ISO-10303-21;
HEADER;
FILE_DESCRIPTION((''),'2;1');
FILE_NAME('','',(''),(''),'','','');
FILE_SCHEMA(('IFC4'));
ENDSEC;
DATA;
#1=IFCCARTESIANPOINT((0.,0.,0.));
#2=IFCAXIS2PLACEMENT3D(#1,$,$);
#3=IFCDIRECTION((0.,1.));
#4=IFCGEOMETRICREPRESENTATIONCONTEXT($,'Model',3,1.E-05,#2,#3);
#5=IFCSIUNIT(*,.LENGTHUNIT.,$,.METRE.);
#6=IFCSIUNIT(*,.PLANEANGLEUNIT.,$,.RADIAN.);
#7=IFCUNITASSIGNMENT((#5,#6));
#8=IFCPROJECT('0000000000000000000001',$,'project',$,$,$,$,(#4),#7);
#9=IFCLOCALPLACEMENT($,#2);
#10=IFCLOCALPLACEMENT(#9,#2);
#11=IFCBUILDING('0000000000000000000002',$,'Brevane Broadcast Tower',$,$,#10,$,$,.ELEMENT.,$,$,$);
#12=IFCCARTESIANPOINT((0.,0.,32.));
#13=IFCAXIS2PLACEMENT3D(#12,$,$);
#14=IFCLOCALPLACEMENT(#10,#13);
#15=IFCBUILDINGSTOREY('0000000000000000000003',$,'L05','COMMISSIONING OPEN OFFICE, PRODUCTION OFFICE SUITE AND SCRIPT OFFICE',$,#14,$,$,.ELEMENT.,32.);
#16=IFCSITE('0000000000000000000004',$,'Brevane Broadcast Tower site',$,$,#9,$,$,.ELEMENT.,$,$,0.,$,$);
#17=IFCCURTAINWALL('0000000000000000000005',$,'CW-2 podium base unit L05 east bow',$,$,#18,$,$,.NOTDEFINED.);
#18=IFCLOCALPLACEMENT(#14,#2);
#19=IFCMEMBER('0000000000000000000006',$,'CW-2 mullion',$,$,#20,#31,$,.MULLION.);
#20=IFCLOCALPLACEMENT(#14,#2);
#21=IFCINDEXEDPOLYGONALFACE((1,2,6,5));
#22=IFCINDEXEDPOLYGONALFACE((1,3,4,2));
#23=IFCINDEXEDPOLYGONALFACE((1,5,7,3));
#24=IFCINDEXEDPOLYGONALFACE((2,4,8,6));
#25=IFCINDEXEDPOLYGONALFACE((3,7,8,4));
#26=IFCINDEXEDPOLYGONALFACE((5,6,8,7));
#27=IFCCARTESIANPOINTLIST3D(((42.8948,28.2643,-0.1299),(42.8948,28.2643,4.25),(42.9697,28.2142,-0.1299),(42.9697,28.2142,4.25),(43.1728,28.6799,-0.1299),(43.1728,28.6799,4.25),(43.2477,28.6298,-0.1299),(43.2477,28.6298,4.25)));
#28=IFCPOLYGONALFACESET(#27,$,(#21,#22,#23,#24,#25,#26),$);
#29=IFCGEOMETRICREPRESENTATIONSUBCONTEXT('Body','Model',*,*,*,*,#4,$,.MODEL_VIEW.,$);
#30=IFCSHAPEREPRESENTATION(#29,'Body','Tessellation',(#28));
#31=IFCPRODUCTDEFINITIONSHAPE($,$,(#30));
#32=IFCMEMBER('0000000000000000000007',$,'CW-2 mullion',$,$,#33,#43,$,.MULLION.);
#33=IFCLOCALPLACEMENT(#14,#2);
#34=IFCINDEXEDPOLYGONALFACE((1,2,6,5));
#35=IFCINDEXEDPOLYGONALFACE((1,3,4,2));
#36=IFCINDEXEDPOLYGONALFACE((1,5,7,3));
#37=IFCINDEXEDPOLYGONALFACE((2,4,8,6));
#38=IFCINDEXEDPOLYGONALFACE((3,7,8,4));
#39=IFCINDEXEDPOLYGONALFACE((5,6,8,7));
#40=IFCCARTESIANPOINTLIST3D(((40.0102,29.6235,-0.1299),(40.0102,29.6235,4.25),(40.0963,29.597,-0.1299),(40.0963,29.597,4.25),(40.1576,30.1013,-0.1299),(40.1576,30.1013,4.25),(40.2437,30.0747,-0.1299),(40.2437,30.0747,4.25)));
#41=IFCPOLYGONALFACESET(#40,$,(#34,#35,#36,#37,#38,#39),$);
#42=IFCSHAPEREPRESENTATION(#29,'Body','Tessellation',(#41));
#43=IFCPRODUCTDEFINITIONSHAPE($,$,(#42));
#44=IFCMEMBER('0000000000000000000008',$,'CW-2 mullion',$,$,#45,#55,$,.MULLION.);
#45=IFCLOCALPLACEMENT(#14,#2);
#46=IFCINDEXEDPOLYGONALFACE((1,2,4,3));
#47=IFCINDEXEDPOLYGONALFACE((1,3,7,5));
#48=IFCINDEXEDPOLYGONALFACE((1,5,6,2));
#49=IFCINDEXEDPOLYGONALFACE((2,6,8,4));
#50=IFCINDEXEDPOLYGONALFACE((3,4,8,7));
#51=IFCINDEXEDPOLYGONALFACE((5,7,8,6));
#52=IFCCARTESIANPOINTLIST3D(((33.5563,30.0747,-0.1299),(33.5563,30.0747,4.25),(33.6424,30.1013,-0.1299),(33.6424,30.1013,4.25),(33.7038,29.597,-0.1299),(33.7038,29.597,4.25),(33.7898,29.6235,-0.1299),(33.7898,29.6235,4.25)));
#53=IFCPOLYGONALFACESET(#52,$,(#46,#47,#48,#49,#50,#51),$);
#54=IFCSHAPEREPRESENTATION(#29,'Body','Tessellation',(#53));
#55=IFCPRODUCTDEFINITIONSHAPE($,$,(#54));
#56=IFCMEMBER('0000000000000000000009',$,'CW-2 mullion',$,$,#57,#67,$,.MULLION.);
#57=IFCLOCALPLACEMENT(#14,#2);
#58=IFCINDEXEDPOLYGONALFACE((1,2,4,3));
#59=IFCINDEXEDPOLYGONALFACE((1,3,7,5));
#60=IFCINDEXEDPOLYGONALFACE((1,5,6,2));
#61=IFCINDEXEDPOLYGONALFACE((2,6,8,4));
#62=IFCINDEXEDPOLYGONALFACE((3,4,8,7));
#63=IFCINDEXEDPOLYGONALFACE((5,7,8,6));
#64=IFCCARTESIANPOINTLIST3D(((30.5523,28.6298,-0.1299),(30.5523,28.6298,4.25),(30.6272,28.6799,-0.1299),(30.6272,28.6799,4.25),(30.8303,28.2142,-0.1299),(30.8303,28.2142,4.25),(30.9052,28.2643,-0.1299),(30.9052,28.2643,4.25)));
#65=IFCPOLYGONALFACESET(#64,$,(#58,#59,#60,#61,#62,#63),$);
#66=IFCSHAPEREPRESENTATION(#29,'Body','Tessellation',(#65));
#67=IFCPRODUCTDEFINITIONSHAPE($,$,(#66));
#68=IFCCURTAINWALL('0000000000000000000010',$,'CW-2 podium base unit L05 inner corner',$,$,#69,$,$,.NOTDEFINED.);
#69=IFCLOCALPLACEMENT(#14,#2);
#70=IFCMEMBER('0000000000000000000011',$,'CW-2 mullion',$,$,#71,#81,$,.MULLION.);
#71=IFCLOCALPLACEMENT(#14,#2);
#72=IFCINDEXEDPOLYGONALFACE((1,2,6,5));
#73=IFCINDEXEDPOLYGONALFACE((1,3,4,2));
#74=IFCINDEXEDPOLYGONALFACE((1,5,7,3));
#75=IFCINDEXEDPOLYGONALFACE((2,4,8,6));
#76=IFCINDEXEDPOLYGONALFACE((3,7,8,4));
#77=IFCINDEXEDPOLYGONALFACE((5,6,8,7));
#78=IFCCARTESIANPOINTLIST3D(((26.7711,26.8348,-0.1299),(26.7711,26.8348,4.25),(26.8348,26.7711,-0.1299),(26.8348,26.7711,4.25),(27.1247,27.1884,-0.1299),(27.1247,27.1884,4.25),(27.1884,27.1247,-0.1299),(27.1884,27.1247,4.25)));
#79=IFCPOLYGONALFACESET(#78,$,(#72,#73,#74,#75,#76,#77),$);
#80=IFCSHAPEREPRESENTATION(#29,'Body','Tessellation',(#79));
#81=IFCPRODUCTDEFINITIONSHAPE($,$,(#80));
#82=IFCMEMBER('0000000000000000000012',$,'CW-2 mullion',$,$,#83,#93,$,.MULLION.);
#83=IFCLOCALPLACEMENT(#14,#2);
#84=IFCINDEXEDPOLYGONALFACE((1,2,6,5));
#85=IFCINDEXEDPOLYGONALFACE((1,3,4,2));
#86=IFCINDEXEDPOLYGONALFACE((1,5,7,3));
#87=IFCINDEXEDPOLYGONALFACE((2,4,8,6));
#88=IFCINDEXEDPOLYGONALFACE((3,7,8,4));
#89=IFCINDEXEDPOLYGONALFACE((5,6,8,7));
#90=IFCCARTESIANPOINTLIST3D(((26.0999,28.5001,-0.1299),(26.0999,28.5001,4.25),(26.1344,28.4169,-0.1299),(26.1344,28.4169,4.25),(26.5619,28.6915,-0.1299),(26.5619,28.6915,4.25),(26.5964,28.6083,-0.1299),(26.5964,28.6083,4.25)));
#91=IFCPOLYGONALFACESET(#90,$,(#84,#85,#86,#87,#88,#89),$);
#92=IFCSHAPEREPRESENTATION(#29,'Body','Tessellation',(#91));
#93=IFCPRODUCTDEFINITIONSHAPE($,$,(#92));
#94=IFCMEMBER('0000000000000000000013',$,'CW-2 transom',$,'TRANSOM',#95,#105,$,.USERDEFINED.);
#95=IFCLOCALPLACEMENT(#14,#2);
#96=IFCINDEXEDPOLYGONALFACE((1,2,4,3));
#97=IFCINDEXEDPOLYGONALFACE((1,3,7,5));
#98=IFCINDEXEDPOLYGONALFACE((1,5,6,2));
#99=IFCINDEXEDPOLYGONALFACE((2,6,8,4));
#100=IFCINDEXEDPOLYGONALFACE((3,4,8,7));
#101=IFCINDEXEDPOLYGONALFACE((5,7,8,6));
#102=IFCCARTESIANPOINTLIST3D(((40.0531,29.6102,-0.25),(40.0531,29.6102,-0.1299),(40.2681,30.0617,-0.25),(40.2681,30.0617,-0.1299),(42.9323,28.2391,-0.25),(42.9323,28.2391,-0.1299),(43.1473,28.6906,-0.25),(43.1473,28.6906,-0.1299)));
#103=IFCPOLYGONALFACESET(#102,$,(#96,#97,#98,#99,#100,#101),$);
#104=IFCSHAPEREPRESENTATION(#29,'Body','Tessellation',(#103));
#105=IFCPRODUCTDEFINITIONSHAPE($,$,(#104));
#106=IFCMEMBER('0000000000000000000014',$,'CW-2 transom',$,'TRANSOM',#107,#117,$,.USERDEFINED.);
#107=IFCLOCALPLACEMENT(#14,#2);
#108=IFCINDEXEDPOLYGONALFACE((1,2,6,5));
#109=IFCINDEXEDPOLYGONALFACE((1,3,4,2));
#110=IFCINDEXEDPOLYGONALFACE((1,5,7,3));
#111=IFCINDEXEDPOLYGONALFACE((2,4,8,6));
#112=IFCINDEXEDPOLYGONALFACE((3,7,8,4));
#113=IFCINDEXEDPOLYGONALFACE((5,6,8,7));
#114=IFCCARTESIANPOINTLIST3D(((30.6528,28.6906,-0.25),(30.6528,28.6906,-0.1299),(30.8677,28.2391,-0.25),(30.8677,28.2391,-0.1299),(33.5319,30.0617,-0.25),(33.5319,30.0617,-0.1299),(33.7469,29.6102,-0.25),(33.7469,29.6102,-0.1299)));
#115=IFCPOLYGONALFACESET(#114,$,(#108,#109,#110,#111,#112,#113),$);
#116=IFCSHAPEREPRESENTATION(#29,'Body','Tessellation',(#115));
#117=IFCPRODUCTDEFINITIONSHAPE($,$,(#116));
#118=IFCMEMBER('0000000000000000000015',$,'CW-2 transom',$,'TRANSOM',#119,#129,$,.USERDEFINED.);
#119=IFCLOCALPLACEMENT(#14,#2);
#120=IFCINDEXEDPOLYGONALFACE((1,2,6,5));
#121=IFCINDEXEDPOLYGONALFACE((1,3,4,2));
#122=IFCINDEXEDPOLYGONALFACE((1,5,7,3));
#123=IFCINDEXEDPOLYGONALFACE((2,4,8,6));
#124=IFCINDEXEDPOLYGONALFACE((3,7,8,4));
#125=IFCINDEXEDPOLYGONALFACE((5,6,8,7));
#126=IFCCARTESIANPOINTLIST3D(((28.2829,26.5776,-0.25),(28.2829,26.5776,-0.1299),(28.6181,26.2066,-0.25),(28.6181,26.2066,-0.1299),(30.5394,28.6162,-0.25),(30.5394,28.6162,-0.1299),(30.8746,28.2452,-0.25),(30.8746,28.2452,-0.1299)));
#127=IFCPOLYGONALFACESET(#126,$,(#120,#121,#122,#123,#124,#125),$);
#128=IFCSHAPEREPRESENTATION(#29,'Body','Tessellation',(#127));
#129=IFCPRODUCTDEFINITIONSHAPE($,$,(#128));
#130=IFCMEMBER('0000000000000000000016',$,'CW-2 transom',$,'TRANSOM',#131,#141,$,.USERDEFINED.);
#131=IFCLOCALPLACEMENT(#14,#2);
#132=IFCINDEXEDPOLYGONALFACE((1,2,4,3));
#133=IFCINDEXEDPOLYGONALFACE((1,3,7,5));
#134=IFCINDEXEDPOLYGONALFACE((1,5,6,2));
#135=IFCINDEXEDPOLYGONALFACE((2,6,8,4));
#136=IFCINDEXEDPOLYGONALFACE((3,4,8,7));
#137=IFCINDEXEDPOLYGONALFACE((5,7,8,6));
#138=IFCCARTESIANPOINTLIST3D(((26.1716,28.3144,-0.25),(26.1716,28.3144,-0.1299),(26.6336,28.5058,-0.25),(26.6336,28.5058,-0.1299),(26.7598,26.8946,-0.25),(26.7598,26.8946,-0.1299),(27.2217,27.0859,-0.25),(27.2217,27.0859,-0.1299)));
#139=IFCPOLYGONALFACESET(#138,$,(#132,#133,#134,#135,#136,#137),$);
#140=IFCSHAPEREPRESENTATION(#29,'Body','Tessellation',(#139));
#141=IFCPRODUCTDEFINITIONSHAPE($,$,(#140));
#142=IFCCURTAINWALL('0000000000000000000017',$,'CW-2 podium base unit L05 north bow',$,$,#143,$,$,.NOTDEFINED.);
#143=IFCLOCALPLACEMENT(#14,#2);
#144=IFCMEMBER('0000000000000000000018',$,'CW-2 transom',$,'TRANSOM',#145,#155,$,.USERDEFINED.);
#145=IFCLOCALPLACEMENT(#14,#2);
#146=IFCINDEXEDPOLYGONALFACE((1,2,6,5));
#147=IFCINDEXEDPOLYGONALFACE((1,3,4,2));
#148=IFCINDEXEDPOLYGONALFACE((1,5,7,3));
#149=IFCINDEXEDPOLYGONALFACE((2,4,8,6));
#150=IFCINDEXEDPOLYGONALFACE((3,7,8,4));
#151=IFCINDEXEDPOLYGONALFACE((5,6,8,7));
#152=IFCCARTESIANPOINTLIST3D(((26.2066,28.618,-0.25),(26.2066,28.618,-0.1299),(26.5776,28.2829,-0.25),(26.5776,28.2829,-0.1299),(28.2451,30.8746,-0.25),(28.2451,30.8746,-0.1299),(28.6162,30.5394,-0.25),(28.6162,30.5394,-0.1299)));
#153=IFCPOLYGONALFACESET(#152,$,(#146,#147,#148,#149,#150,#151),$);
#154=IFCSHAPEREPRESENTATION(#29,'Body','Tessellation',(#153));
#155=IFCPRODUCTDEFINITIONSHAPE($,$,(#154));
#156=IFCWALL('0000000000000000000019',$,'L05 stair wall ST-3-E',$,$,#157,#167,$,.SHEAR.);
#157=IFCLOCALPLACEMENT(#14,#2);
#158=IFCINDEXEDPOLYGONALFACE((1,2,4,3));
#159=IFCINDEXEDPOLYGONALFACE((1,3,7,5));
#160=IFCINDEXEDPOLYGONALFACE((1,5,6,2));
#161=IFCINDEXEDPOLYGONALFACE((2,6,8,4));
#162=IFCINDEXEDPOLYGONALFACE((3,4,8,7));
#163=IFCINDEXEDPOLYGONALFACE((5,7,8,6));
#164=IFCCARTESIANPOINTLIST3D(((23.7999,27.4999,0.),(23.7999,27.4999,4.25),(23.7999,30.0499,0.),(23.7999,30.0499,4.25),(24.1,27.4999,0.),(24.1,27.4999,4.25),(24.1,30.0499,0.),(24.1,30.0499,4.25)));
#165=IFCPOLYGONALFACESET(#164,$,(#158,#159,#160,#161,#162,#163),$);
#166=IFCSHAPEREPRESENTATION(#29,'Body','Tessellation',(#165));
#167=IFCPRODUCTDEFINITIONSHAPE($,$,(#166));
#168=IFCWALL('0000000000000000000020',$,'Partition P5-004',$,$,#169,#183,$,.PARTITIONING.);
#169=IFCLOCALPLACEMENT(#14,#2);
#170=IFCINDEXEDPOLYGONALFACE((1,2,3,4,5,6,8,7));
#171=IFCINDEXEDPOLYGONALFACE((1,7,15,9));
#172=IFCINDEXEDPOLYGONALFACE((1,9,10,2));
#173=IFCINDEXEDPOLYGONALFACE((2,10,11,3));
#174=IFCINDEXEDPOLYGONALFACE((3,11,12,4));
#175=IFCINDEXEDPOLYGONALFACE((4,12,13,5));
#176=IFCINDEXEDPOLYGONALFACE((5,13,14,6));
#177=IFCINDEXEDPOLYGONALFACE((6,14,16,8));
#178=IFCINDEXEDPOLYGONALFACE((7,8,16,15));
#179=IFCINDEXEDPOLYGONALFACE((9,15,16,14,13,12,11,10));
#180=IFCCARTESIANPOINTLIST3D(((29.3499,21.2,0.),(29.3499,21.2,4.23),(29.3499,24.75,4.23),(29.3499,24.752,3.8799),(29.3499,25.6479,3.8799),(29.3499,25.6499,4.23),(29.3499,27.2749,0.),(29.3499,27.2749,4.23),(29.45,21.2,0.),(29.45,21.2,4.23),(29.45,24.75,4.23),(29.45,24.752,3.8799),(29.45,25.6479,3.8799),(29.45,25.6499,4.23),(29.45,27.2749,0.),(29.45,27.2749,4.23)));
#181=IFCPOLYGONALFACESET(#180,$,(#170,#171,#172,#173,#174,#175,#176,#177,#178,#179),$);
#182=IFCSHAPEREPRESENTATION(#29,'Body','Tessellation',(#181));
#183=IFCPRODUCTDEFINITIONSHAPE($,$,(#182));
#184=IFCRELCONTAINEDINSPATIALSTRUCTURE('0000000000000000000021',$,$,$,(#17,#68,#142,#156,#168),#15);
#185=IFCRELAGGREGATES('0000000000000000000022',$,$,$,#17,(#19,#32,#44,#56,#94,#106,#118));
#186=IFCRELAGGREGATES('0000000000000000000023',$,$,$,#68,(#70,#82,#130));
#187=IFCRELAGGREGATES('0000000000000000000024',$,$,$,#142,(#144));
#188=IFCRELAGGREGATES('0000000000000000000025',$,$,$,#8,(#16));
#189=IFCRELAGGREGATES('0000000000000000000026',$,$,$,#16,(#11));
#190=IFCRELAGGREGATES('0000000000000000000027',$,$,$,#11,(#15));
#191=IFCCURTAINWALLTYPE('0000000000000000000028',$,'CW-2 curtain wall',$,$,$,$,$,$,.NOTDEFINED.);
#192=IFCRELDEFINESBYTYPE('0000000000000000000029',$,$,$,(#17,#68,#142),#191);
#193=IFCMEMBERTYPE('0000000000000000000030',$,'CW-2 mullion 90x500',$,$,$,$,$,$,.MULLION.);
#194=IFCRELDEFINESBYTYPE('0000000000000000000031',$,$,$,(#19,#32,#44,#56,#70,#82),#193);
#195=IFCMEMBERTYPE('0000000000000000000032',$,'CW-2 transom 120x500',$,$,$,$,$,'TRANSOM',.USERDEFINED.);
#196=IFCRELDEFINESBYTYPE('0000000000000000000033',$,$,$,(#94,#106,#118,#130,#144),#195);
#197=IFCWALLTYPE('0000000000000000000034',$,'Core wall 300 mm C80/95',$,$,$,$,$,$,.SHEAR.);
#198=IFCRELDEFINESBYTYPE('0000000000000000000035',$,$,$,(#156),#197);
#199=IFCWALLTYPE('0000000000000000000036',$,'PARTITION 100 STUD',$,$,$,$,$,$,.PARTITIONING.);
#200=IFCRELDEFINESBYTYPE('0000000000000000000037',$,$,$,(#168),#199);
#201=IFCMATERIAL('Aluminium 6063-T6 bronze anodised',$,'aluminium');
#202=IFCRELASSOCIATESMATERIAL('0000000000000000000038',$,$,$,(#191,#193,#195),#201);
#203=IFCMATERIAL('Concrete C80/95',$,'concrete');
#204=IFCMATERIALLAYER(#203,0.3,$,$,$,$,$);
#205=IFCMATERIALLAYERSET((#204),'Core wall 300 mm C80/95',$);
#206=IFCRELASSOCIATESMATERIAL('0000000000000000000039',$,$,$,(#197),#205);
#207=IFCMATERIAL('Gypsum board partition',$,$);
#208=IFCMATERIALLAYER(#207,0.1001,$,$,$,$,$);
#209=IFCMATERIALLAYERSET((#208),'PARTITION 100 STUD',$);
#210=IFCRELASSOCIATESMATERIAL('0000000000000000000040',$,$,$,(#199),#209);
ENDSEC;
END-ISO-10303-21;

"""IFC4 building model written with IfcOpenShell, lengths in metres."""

from ifc_helpers import new_model, si_unit, direction, frame, frame_2d, origin, origin_2d, place, context, subcontext, project, spatial, polyline, rectangle, outline, extrude, material, layer, layer_set, material_profile, profile_set, type_object, element, aggregate, save


model = new_model("IFC4")

# Units and contexts
model_context = context("Model", 3, precision=1e-05, world=origin(), true_north=direction((0.0, 1.0)))
body_context = subcontext(model_context, "Body", "Model", "MODEL_VIEW")
ifc_project = project(units=[si_unit("LENGTHUNIT", "METRE"), si_unit("PLANEANGLEUNIT", "RADIAN")], contexts=[model_context])

# Site, building, storey
site_placement = place(None, origin())
site = spatial("IfcSite", under=ifc_project, at=site_placement, Name="Brevane Broadcast Tower site", CompositionType="ELEMENT", RefElevation=0.0)
building_placement = place(site_placement, origin())
building = spatial("IfcBuilding", under=site, at=building_placement, Name="Brevane Broadcast Tower", CompositionType="ELEMENT")
storey_placement = place(building_placement, frame((0.0, 0.0, 32.0)))
storey = spatial("IfcBuildingStorey", under=building, at=storey_placement, Name="L05", Description="COMMISSIONING OPEN OFFICE, PRODUCTION OFFICE SUITE AND SCRIPT OFFICE", CompositionType="ELEMENT", Elevation=32.0)

# Curtain walls, members
ifc_material_1 = material(Name="Aluminium 6063-T6 bronze anodised", Category="aluminium")
curtain_wall_type = type_object("IfcCurtainWallType", Name="CW-2 curtain wall", PredefinedType="NOTDEFINED", material=ifc_material_1)
curtain_wall_1_placement = place(storey_placement, origin())
curtain_wall_1 = element("IfcCurtainWall", 1, at=curtain_wall_1_placement, inside=storey, type_object=curtain_wall_type, Name="CW-2 podium base unit L05 east bow", PredefinedType="NOTDEFINED")
ifc_material_profile_1 = material_profile(ifc_material_1, rectangle(XDim=0.5, YDim=0.0901, at=origin_2d()), Name="RECT 90x500")
ifc_profile_set_1 = profile_set([ifc_material_profile_1], Name="Aluminium 6063-T6 bronze anodised")
member_type_1 = type_object("IfcMemberType", Name="CW-2 mullion 90x500", PredefinedType="MULLION", material=ifc_profile_set_1)
member_1_placement = place(storey_placement, frame((43.0713, 28.447, -0.1299), z_axis=(0.0, 0.0, 1.0), x_axis=(-0.555997, -0.831184, 0.0)))
member_1 = element("IfcMember", 2, at=member_1_placement, type_object=member_type_1, Name="CW-2 mullion", PredefinedType="MULLION", context=body_context, shape_type="SweptSolid", body=[
    extrude(rectangle(XDim=0.5, YDim=0.0901, at=origin_2d()), origin(), (0.0, 0.0, 1.0), 4.3799),
])
member_2_placement = place(storey_placement, frame((40.127, 29.8491, -0.1299), z_axis=(0.0, 0.0, 1.0), x_axis=(-0.294828, -0.95555, 0.0)))
member_2 = element("IfcMember", 3, at=member_2_placement, type_object=member_type_1, Name="CW-2 mullion", PredefinedType="MULLION", context=body_context, shape_type="SweptSolid", body=[
    extrude(rectangle(XDim=0.5, YDim=0.0901, at=origin_2d()), origin(), (0.0, 0.0, 1.0), 4.3799),
])
member_3_placement = place(storey_placement, frame((33.6731, 29.8491, -0.1299), z_axis=(0.0, 0.0, 1.0), x_axis=(0.294828, -0.95555, 0.0)))
member_3 = element("IfcMember", 4, at=member_3_placement, type_object=member_type_1, Name="CW-2 mullion", PredefinedType="MULLION", context=body_context, shape_type="SweptSolid", body=[
    extrude(rectangle(XDim=0.5, YDim=0.0901, at=origin_2d()), origin(), (0.0, 0.0, 1.0), 4.3799),
])
member_4_placement = place(storey_placement, frame((30.7288, 28.447, -0.1299), z_axis=(0.0, 0.0, 1.0), x_axis=(0.555997, -0.831184, 0.0)))
member_4 = element("IfcMember", 5, at=member_4_placement, type_object=member_type_1, Name="CW-2 mullion", PredefinedType="MULLION", context=body_context, shape_type="SweptSolid", body=[
    extrude(rectangle(XDim=0.5, YDim=0.0901, at=origin_2d()), origin(), (0.0, 0.0, 1.0), 4.3799),
])
curtain_wall_2_placement = place(storey_placement, origin())
curtain_wall_2 = element("IfcCurtainWall", 6, at=curtain_wall_2_placement, inside=storey, type_object=curtain_wall_type, Name="CW-2 podium base unit L05 inner corner", PredefinedType="NOTDEFINED")
member_5_placement = place(storey_placement, frame((26.9797, 26.9797, -0.1299), z_axis=(0.0, 0.0, 1.0), x_axis=(-0.707107, -0.707107, 0.0)))
member_5 = element("IfcMember", 7, at=member_5_placement, type_object=member_type_1, Name="CW-2 mullion", PredefinedType="MULLION", context=body_context, shape_type="SweptSolid", body=[
    extrude(rectangle(XDim=0.5, YDim=0.0901, at=origin_2d()), origin(), (0.0, 0.0, 1.0), 4.3799),
])
member_6_placement = place(storey_placement, frame((26.3481, 28.5542, -0.1299), z_axis=(0.0, 0.0, 1.0), x_axis=(-0.923879, -0.382684, 0.0)))
member_6 = element("IfcMember", 8, at=member_6_placement, type_object=member_type_1, Name="CW-2 mullion", PredefinedType="MULLION", context=body_context, shape_type="SweptSolid", body=[
    extrude(rectangle(XDim=0.5, YDim=0.0901, at=origin_2d()), origin(), (0.0, 0.0, 1.0), 4.3799),
])

# Members
ifc_material_profile_2 = material_profile(ifc_material_1, rectangle(XDim=0.5, YDim=0.1201, at=origin_2d()), Name="RECT 120x500")
ifc_profile_set_2 = profile_set([ifc_material_profile_2], Name="Aluminium 6063-T6 bronze anodised")
member_type_2 = type_object("IfcMemberType", Name="CW-2 transom 120x500", ElementType="TRANSOM", PredefinedType="USERDEFINED", material=ifc_profile_set_2)
member_7_placement = place(storey_placement, frame((43.0398, 28.4648, -0.1899), z_axis=(-0.902852, 0.429951, 0.0), x_axis=(-0.429951, -0.902852, 0.0)))
member_7 = element("IfcMember", 9, at=member_7_placement, type_object=member_type_2, Name="CW-2 transom", ObjectType="TRANSOM", PredefinedType="USERDEFINED", context=body_context, shape_type="SweptSolid", body=[
    extrude(rectangle(XDim=0.5, YDim=0.1201, at=origin_2d()), origin(), (0.0, 0.0, 1.0), 3.189),
])
member_8_placement = place(storey_placement, frame((33.6394, 29.8359, -0.1899), z_axis=(-0.902852, -0.429951, 0.0), x_axis=(0.429951, -0.902852, 0.0)))
member_8 = element("IfcMember", 10, at=member_8_placement, type_object=member_type_2, Name="CW-2 transom", ObjectType="TRANSOM", PredefinedType="USERDEFINED", context=body_context, shape_type="SweptSolid", body=[
    extrude(rectangle(XDim=0.5, YDim=0.1201, at=origin_2d()), origin(), (0.0, 0.0, 1.0), 3.189),
])
member_9_placement = place(storey_placement, frame((30.707, 28.4307, -0.1899), z_axis=(-0.742043, -0.670352, 0.0), x_axis=(0.670352, -0.742043, 0.0)))
member_9 = element("IfcMember", 11, at=member_9_placement, type_object=member_type_2, Name="CW-2 transom", ObjectType="TRANSOM", PredefinedType="USERDEFINED", context=body_context, shape_type="SweptSolid", body=[
    extrude(rectangle(XDim=0.5, YDim=0.1201, at=origin_2d()), origin(), (0.0, 0.0, 1.0), 3.041),
])
aggregate(curtain_wall_1, [member_1, member_2, member_3, member_4, member_7, member_8, member_9])
member_10_placement = place(storey_placement, frame((26.9907, 26.9902, -0.1899), z_axis=(-0.382674, 0.923883, 0.0), x_axis=(-0.923883, -0.382674, 0.0)))
member_10 = element("IfcMember", 12, at=member_10_placement, type_object=member_type_2, Name="CW-2 transom", ObjectType="TRANSOM", PredefinedType="USERDEFINED", context=body_context, shape_type="SweptSolid", body=[
    extrude(rectangle(XDim=0.5, YDim=0.1201, at=origin_2d()), origin(), (0.0, 0.0, 1.0), 1.5369),
])
aggregate(curtain_wall_2, [member_5, member_6, member_10])

# Curtain wall, member
curtain_wall_3_placement = place(storey_placement, origin())
curtain_wall_3 = element("IfcCurtainWall", 13, at=curtain_wall_3_placement, inside=storey, type_object=curtain_wall_type, Name="CW-2 podium base unit L05 north bow", PredefinedType="NOTDEFINED")
member_11_placement = place(storey_placement, frame((26.3921, 28.4504, -0.1899), z_axis=(0.670352, 0.742043, 0.0), x_axis=(-0.742043, 0.670352, 0.0)))
member_11 = element("IfcMember", 14, at=member_11_placement, type_object=member_type_2, Name="CW-2 transom", ObjectType="TRANSOM", PredefinedType="USERDEFINED", context=body_context, shape_type="SweptSolid", body=[
    extrude(rectangle(XDim=0.5, YDim=0.1201, at=origin_2d()), origin(), (0.0, 0.0, 1.0), 3.041),
])
aggregate(curtain_wall_3, [member_11])

# Walls
ifc_material_2 = material(Name="Concrete C80/95", Category="concrete")
ifc_layer_1 = layer(ifc_material_2, 0.3)
ifc_layer_set_1 = layer_set([ifc_layer_1], Name="Core wall 300 mm C80/95")
wall_type_1 = type_object("IfcWallType", Name="Core wall 300 mm C80/95", PredefinedType="SHEAR", material=ifc_layer_set_1)
wall_1_placement = place(storey_placement, frame((23.95, 27.5, 0.0), z_axis=(0.0, 0.0, 1.0), x_axis=(0.0, 1.0, 0.0)))
element("IfcWall", 15, at=wall_1_placement, inside=storey, type_object=wall_type_1, Name="L05 stair wall ST-3-E", PredefinedType="SHEAR", context=body_context, shape_type="SweptSolid", body=[
    extrude(rectangle(XDim=2.55, YDim=0.3, at=frame_2d((1.2749, 0.0))), origin(), (0.0, 0.0, 1.0), 4.25),
])
ifc_material_3 = material(Name="Gypsum board partition")
ifc_layer_2 = layer(ifc_material_3, 0.1001)
ifc_layer_set_2 = layer_set([ifc_layer_2], Name="PARTITION 100 STUD")
wall_type_2 = type_object("IfcWallType", Name="PARTITION 100 STUD", PredefinedType="PARTITIONING", material=ifc_layer_set_2)
wall_2_placement = place(storey_placement, frame((29.3999, 27.2749, 0.0), z_axis=(0.0, 0.0, 1.0), x_axis=(0.0, -1.0, 0.0)))
element("IfcWall", 16, at=wall_2_placement, inside=storey, type_object=wall_type_2, Name="Partition P5-004", PredefinedType="PARTITIONING", context=body_context, shape_type="SweptSolid", body=[
    extrude(outline(polyline([(0.0, 0.0), (6.075, 0.0), (6.075, 4.23), (2.5249, 4.23), (2.5229, 3.8799), (1.627, 3.8799), (1.625, 4.23), (0.0, 4.23), (0.0, 0.0)])), frame((0.0, 0.05, 0.0), z_axis=(0.0, -1.0, 0.0), x_axis=(1.0, 0.0, 0.0)), (0.0, 0.0, 1.0), 0.1001),
])

save(model, "model.ifc")
